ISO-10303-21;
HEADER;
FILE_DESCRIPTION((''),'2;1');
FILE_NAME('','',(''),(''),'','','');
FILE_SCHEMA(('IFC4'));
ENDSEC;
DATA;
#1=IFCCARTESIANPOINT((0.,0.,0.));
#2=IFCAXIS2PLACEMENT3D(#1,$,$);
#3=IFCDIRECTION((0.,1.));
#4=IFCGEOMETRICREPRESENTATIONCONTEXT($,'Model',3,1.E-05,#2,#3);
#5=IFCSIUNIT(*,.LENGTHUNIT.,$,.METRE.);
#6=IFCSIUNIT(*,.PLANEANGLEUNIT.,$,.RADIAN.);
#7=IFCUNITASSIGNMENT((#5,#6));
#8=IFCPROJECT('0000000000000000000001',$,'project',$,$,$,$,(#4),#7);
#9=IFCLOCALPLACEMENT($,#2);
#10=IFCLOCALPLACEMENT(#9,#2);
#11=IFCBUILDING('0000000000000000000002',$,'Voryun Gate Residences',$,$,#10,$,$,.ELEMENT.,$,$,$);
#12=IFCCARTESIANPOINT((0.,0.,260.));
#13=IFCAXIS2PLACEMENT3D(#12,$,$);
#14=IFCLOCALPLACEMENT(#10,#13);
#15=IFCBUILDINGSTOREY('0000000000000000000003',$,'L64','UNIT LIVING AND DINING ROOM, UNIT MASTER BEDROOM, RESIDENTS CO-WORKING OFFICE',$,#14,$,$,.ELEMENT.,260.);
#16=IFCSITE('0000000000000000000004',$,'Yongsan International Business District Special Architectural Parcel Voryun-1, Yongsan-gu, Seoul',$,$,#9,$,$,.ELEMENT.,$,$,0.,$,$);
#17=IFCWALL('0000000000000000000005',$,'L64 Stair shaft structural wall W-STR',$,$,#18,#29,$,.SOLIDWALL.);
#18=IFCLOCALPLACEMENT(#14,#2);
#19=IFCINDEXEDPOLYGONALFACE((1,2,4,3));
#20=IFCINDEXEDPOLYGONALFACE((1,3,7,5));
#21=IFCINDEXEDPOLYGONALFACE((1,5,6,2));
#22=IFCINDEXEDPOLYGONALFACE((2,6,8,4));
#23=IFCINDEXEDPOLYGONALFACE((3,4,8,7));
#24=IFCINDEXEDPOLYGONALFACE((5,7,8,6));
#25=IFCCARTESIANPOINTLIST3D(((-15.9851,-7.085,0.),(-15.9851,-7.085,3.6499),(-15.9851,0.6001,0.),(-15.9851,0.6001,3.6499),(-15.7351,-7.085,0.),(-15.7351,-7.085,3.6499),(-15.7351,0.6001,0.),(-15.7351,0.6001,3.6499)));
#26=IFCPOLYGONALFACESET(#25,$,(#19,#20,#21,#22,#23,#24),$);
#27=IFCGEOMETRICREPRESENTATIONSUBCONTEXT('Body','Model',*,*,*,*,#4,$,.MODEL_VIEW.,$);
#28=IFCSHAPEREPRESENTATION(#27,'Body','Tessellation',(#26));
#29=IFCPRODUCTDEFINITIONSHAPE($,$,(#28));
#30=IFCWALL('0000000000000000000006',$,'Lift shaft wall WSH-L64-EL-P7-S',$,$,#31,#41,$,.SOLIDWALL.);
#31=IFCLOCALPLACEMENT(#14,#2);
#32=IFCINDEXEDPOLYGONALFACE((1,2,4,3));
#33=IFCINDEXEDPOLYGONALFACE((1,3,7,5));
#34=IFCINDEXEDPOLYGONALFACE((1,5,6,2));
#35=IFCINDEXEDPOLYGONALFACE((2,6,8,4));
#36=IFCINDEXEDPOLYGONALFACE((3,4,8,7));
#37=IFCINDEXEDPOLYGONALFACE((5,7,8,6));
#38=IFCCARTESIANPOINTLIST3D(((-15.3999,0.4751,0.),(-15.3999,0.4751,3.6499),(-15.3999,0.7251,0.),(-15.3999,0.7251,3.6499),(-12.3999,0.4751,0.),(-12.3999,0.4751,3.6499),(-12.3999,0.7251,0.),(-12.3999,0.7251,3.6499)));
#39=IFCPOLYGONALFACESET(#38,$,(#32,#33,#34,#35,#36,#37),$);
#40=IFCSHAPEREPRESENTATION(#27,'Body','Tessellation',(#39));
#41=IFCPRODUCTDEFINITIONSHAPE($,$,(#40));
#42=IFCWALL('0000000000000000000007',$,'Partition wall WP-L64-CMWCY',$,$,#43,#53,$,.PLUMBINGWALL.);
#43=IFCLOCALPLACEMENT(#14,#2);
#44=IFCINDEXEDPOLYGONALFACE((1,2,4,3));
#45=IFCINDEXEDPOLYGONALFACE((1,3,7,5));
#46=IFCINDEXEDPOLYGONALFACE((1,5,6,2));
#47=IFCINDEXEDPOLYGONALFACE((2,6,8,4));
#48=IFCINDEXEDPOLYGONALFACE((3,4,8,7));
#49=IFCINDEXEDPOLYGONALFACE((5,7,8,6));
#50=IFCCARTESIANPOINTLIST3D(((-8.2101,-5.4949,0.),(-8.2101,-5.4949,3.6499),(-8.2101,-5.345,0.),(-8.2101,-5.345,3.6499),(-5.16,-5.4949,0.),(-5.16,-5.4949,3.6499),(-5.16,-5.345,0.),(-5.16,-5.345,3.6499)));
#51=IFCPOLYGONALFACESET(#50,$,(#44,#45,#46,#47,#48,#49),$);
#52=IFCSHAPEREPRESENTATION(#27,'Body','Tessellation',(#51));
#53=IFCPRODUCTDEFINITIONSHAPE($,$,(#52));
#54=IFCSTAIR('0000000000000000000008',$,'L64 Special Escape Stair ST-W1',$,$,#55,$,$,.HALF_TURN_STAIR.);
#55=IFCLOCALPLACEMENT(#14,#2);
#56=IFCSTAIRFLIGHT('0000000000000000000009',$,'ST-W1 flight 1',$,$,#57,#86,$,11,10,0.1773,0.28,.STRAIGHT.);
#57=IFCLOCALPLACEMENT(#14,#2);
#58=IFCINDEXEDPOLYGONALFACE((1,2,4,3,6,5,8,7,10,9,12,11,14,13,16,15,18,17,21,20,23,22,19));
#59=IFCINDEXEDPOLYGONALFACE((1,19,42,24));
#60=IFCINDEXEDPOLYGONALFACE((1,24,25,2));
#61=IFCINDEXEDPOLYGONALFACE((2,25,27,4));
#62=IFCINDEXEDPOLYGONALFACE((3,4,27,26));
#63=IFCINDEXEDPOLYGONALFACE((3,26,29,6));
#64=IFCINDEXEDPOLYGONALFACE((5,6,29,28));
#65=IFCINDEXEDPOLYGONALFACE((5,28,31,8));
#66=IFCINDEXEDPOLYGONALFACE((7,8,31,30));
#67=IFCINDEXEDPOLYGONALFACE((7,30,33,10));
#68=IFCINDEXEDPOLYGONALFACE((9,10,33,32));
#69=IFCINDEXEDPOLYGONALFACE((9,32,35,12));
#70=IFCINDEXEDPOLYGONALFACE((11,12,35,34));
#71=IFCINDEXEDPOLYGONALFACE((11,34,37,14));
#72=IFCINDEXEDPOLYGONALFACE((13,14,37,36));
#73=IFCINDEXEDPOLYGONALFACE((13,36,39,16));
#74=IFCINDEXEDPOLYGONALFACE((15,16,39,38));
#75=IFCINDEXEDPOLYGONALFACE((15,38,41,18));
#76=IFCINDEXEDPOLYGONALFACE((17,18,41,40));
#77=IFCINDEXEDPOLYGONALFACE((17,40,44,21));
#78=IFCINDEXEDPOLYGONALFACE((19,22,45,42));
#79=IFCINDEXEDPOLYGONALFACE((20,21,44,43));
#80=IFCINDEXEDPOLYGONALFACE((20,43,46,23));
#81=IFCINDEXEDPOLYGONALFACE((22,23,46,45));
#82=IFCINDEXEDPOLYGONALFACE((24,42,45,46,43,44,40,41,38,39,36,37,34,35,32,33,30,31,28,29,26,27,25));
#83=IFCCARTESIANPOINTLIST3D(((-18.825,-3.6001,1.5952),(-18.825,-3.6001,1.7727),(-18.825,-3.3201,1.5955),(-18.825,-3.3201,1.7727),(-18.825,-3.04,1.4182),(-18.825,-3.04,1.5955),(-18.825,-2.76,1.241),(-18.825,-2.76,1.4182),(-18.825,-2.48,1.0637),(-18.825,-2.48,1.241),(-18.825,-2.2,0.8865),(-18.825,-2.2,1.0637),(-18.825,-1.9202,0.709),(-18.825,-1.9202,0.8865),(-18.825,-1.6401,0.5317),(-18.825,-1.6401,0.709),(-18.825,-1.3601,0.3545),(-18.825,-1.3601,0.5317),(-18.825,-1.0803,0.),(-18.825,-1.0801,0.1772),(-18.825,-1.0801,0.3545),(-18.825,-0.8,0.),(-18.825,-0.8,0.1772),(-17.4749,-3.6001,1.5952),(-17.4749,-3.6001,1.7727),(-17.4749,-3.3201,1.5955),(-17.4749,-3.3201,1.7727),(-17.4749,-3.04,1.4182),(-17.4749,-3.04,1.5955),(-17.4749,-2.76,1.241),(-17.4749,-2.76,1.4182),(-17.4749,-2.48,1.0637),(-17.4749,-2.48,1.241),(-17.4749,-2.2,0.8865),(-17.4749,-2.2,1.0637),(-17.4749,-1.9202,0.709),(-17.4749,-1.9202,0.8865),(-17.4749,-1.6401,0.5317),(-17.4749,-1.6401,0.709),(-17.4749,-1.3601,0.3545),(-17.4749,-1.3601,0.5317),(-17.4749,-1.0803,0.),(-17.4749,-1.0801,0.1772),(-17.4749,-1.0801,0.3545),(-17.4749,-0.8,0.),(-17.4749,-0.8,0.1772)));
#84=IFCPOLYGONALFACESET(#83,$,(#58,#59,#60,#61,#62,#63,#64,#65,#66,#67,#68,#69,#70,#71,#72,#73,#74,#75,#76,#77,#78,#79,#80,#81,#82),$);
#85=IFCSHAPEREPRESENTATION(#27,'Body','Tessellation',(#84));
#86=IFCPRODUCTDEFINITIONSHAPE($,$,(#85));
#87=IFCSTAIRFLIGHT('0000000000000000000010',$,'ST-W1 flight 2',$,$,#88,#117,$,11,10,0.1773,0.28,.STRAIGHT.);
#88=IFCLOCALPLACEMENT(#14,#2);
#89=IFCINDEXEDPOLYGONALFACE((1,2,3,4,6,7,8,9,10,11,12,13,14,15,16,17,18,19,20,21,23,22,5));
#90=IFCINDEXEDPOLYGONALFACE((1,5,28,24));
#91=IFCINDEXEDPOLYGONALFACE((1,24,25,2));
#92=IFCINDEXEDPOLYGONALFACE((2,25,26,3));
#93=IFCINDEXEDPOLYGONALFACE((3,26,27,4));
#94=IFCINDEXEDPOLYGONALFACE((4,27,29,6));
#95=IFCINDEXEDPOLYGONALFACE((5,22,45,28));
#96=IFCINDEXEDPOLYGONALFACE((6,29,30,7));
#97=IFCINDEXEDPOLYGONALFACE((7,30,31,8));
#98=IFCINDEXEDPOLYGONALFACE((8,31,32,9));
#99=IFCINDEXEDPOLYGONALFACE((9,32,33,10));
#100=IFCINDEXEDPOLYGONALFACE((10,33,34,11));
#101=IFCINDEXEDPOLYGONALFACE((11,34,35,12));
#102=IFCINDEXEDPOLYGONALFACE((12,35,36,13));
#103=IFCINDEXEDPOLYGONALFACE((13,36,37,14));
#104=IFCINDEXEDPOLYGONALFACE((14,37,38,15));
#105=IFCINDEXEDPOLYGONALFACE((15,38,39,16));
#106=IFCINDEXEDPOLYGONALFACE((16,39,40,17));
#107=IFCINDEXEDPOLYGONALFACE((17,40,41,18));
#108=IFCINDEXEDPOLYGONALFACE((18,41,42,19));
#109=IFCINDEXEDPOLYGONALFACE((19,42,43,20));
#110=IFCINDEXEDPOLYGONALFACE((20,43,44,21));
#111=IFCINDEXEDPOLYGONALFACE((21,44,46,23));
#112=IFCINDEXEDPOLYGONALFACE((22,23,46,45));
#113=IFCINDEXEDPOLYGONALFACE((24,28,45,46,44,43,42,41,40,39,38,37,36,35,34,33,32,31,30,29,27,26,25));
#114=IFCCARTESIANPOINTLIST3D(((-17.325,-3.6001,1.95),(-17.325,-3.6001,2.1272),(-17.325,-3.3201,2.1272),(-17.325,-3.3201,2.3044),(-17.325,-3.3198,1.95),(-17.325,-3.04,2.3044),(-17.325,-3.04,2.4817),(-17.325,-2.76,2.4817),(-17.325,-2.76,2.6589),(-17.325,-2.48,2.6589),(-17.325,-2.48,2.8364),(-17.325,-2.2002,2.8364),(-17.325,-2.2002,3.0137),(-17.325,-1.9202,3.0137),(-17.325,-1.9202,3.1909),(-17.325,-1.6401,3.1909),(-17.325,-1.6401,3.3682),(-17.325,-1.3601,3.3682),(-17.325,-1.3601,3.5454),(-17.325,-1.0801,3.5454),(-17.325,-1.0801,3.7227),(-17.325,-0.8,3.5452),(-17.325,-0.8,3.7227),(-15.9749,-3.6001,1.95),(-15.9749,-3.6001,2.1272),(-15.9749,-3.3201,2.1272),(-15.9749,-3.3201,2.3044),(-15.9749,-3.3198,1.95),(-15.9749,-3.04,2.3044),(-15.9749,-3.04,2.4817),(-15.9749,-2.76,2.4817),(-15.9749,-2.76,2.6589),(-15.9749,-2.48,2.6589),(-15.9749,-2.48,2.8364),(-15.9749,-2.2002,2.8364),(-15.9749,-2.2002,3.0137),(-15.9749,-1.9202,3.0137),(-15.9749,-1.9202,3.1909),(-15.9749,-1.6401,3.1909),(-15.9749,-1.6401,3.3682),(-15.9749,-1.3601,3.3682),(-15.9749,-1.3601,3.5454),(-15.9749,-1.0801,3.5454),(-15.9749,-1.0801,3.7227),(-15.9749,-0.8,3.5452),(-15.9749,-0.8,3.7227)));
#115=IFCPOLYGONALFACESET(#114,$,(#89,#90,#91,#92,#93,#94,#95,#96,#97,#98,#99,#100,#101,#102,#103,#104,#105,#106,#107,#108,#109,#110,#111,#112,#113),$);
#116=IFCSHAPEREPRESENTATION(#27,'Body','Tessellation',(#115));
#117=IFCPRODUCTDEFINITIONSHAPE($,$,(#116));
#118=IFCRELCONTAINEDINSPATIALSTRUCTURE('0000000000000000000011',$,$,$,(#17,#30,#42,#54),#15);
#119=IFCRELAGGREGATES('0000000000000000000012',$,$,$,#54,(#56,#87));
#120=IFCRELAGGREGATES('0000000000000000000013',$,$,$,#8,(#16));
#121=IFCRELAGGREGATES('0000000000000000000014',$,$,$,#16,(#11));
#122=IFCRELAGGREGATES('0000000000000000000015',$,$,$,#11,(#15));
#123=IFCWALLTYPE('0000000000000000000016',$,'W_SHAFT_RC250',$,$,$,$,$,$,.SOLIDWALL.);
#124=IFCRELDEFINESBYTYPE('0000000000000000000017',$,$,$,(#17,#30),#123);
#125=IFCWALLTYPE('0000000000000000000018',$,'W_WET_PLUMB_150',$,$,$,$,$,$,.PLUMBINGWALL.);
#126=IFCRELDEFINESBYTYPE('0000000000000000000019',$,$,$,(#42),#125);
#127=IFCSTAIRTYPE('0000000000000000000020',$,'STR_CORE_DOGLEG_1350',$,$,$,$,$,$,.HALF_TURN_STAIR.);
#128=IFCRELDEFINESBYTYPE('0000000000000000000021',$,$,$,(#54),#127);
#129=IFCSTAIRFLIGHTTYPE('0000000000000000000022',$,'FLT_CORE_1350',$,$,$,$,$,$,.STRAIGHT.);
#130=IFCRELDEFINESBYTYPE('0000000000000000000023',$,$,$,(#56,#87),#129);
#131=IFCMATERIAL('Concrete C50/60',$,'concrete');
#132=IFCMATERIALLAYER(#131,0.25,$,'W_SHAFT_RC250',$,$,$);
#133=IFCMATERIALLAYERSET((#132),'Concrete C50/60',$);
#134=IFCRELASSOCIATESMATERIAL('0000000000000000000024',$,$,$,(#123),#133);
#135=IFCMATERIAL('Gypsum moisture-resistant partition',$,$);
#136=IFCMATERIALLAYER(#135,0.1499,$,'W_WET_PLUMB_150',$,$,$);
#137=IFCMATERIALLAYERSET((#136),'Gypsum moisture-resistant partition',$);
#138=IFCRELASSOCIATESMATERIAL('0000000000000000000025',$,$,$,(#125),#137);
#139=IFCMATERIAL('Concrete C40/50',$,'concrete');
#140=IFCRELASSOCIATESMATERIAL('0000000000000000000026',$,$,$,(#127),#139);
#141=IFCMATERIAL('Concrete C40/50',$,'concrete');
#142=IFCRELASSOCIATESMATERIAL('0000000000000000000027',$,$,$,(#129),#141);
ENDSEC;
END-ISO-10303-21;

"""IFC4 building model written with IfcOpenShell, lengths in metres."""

from ifc_helpers import new_model, si_unit, direction, frame, frame_2d, origin, place, context, subcontext, project, spatial, polyline, rectangle, outline, extrude, material, layer, layer_set, type_object, element, aggregate, save


model = new_model("IFC4")

# Units and contexts
model_context = context("Model", 3, precision=1e-05, world=origin(), true_north=direction((0.0, 1.0)))
body_context = subcontext(model_context, "Body", "Model", "MODEL_VIEW")
ifc_project = project(units=[si_unit("LENGTHUNIT", "METRE"), si_unit("PLANEANGLEUNIT", "RADIAN")], contexts=[model_context])

# Site, building, storey
site_placement = place(None, origin())
site = spatial("IfcSite", under=ifc_project, at=site_placement, Name="Yongsan International Business District Special Architectural Parcel Voryun-1, Yongsan-gu, Seoul", CompositionType="ELEMENT", RefElevation=0.0)
building_placement = place(site_placement, origin())
building = spatial("IfcBuilding", under=site, at=building_placement, Name="Voryun Gate Residences", CompositionType="ELEMENT")
storey_placement = place(building_placement, frame((0.0, 0.0, 260.0)))
storey = spatial("IfcBuildingStorey", under=building, at=storey_placement, Name="L64", Description="UNIT LIVING AND DINING ROOM, UNIT MASTER BEDROOM, RESIDENTS CO-WORKING OFFICE", CompositionType="ELEMENT", Elevation=260.0)

# Walls
ifc_material_1 = material(Name="Concrete C50/60", Category="concrete")
ifc_layer_1 = layer(ifc_material_1, 0.25, Name="W_SHAFT_RC250")
ifc_layer_set_1 = layer_set([ifc_layer_1], Name="Concrete C50/60")
wall_type_1 = type_object("IfcWallType", Name="W_SHAFT_RC250", PredefinedType="SOLIDWALL", material=ifc_layer_set_1)
wall_1_placement = place(storey_placement, frame((-15.8601, -7.085, 0.0), z_axis=(0.0, 0.0, 1.0), x_axis=(0.0, 1.0, 0.0)))
element("IfcWall", 1, at=wall_1_placement, inside=storey, type_object=wall_type_1, Name="L64 Stair shaft structural wall W-STR", PredefinedType="SOLIDWALL", context=body_context, shape_type="SweptSolid", body=[
    extrude(rectangle(XDim=7.6851, YDim=0.25, at=frame_2d((3.8425, 0.0))), origin(), (0.0, 0.0, 1.0), 3.6499),
])
wall_2_placement = place(storey_placement, frame((-15.3999, 0.6001, 0.0), z_axis=(0.0, 0.0, 1.0), x_axis=(1.0, 0.0, 0.0)))
element("IfcWall", 2, at=wall_2_placement, inside=storey, type_object=wall_type_1, Name="Lift shaft wall WSH-L64-EL-P7-S", PredefinedType="SOLIDWALL", context=body_context, shape_type="SweptSolid", body=[
    extrude(rectangle(XDim=3.0, YDim=0.25, at=frame_2d((1.5, 0.0))), origin(), (0.0, 0.0, 1.0), 3.6499),
])
ifc_material_2 = material(Name="Gypsum moisture-resistant partition")
ifc_layer_2 = layer(ifc_material_2, 0.1499, Name="W_WET_PLUMB_150")
ifc_layer_set_2 = layer_set([ifc_layer_2], Name="Gypsum moisture-resistant partition")
wall_type_2 = type_object("IfcWallType", Name="W_WET_PLUMB_150", PredefinedType="PLUMBINGWALL", material=ifc_layer_set_2)
wall_3_placement = place(storey_placement, frame((-8.21, -5.4199, 0.0), z_axis=(0.0, 0.0, 1.0), x_axis=(1.0, 0.0, 0.0)))
element("IfcWall", 3, at=wall_3_placement, inside=storey, type_object=wall_type_2, Name="Partition wall WP-L64-CMWCY", PredefinedType="PLUMBINGWALL", context=body_context, shape_type="SweptSolid", body=[
    extrude(rectangle(XDim=3.05, YDim=0.1499, at=frame_2d((1.5249, 0.0))), origin(), (0.0, 0.0, 1.0), 3.6499),
])

# Stair, stair flights
ifc_material_3 = material(Name="Concrete C40/50", Category="concrete")
stair_type = type_object("IfcStairType", Name="STR_CORE_DOGLEG_1350", PredefinedType="HALF_TURN_STAIR", material=ifc_material_3)
stair_placement = place(storey_placement, origin())
stair = element("IfcStair", 4, at=stair_placement, inside=storey, type_object=stair_type, Name="L64 Special Escape Stair ST-W1", PredefinedType="HALF_TURN_STAIR")
ifc_material_4 = material(Name="Concrete C40/50", Category="concrete")
stair_flight_type = type_object("IfcStairFlightType", Name="FLT_CORE_1350", PredefinedType="STRAIGHT", material=ifc_material_4)
stair_flight_1_placement = place(storey_placement, frame((-18.1499, -0.8, 0.0), z_axis=(0.0, 0.0, 1.0), x_axis=(0.0, -1.0, 0.0)))
stair_flight_1 = element("IfcStairFlight", 5, at=stair_flight_1_placement, type_object=stair_flight_type, Name="ST-W1 flight 1", NumberOfRisers=11, NumberOfTreads=10, PredefinedType="STRAIGHT", RiserHeight=0.1773, TreadLength=0.28, context=body_context, shape_type="SweptSolid", body=[
    extrude(outline(polyline([(0.0, 0.0), (0.0, 0.1772), (0.28, 0.1772), (0.28, 0.3545), (0.5601, 0.3545), (0.5601, 0.5317), (0.8401, 0.5317), (0.8401, 0.709), (1.1201, 0.709), (1.1201, 0.8865), (1.3999, 0.8865), (1.3999, 1.0637), (1.6799, 1.0637), (1.6799, 1.241), (1.96, 1.241), (1.96, 1.4182), (2.24, 1.4182), (2.24, 1.5955), (2.52, 1.5955), (2.52, 1.7727), (2.8, 1.7727), (2.8, 1.95), (2.8, 1.5952), (0.2803, 0.0), (0.0, 0.0)])), frame((0.0, 0.675, 0.0), z_axis=(0.0, -1.0, 0.0), x_axis=(1.0, 0.0, 0.0)), (0.0, 0.0, 1.0), 1.3501),
])
stair_flight_2_placement = place(storey_placement, frame((-16.6499, -3.6001, 1.95), z_axis=(0.0, 0.0, 1.0), x_axis=(0.0, 1.0, 0.0)))
stair_flight_2 = element("IfcStairFlight", 6, at=stair_flight_2_placement, type_object=stair_flight_type, Name="ST-W1 flight 2", NumberOfRisers=11, NumberOfTreads=10, PredefinedType="STRAIGHT", RiserHeight=0.1773, TreadLength=0.28, context=body_context, shape_type="SweptSolid", body=[
    extrude(outline(polyline([(0.0, 0.0), (0.0, 0.1772), (0.28, 0.1772), (0.28, 0.3545), (0.5601, 0.3545), (0.5601, 0.5317), (0.8401, 0.5317), (0.8401, 0.709), (1.1201, 0.709), (1.1201, 0.8865), (1.3999, 0.8865), (1.3999, 1.0637), (1.6799, 1.0637), (1.6799, 1.241), (1.96, 1.241), (1.96, 1.4182), (2.24, 1.4182), (2.24, 1.5955), (2.52, 1.5955), (2.52, 1.7727), (2.8, 1.7727), (2.8, 1.95), (2.8, 1.5952), (0.2803, 0.0), (0.0, 0.0)])), frame((0.0, 0.675, 0.0), z_axis=(0.0, -1.0, 0.0), x_axis=(1.0, 0.0, 0.0)), (0.0, 0.0, 1.0), 1.3501),
])
aggregate(stair, [stair_flight_1, stair_flight_2])

save(model, "model.ifc")
